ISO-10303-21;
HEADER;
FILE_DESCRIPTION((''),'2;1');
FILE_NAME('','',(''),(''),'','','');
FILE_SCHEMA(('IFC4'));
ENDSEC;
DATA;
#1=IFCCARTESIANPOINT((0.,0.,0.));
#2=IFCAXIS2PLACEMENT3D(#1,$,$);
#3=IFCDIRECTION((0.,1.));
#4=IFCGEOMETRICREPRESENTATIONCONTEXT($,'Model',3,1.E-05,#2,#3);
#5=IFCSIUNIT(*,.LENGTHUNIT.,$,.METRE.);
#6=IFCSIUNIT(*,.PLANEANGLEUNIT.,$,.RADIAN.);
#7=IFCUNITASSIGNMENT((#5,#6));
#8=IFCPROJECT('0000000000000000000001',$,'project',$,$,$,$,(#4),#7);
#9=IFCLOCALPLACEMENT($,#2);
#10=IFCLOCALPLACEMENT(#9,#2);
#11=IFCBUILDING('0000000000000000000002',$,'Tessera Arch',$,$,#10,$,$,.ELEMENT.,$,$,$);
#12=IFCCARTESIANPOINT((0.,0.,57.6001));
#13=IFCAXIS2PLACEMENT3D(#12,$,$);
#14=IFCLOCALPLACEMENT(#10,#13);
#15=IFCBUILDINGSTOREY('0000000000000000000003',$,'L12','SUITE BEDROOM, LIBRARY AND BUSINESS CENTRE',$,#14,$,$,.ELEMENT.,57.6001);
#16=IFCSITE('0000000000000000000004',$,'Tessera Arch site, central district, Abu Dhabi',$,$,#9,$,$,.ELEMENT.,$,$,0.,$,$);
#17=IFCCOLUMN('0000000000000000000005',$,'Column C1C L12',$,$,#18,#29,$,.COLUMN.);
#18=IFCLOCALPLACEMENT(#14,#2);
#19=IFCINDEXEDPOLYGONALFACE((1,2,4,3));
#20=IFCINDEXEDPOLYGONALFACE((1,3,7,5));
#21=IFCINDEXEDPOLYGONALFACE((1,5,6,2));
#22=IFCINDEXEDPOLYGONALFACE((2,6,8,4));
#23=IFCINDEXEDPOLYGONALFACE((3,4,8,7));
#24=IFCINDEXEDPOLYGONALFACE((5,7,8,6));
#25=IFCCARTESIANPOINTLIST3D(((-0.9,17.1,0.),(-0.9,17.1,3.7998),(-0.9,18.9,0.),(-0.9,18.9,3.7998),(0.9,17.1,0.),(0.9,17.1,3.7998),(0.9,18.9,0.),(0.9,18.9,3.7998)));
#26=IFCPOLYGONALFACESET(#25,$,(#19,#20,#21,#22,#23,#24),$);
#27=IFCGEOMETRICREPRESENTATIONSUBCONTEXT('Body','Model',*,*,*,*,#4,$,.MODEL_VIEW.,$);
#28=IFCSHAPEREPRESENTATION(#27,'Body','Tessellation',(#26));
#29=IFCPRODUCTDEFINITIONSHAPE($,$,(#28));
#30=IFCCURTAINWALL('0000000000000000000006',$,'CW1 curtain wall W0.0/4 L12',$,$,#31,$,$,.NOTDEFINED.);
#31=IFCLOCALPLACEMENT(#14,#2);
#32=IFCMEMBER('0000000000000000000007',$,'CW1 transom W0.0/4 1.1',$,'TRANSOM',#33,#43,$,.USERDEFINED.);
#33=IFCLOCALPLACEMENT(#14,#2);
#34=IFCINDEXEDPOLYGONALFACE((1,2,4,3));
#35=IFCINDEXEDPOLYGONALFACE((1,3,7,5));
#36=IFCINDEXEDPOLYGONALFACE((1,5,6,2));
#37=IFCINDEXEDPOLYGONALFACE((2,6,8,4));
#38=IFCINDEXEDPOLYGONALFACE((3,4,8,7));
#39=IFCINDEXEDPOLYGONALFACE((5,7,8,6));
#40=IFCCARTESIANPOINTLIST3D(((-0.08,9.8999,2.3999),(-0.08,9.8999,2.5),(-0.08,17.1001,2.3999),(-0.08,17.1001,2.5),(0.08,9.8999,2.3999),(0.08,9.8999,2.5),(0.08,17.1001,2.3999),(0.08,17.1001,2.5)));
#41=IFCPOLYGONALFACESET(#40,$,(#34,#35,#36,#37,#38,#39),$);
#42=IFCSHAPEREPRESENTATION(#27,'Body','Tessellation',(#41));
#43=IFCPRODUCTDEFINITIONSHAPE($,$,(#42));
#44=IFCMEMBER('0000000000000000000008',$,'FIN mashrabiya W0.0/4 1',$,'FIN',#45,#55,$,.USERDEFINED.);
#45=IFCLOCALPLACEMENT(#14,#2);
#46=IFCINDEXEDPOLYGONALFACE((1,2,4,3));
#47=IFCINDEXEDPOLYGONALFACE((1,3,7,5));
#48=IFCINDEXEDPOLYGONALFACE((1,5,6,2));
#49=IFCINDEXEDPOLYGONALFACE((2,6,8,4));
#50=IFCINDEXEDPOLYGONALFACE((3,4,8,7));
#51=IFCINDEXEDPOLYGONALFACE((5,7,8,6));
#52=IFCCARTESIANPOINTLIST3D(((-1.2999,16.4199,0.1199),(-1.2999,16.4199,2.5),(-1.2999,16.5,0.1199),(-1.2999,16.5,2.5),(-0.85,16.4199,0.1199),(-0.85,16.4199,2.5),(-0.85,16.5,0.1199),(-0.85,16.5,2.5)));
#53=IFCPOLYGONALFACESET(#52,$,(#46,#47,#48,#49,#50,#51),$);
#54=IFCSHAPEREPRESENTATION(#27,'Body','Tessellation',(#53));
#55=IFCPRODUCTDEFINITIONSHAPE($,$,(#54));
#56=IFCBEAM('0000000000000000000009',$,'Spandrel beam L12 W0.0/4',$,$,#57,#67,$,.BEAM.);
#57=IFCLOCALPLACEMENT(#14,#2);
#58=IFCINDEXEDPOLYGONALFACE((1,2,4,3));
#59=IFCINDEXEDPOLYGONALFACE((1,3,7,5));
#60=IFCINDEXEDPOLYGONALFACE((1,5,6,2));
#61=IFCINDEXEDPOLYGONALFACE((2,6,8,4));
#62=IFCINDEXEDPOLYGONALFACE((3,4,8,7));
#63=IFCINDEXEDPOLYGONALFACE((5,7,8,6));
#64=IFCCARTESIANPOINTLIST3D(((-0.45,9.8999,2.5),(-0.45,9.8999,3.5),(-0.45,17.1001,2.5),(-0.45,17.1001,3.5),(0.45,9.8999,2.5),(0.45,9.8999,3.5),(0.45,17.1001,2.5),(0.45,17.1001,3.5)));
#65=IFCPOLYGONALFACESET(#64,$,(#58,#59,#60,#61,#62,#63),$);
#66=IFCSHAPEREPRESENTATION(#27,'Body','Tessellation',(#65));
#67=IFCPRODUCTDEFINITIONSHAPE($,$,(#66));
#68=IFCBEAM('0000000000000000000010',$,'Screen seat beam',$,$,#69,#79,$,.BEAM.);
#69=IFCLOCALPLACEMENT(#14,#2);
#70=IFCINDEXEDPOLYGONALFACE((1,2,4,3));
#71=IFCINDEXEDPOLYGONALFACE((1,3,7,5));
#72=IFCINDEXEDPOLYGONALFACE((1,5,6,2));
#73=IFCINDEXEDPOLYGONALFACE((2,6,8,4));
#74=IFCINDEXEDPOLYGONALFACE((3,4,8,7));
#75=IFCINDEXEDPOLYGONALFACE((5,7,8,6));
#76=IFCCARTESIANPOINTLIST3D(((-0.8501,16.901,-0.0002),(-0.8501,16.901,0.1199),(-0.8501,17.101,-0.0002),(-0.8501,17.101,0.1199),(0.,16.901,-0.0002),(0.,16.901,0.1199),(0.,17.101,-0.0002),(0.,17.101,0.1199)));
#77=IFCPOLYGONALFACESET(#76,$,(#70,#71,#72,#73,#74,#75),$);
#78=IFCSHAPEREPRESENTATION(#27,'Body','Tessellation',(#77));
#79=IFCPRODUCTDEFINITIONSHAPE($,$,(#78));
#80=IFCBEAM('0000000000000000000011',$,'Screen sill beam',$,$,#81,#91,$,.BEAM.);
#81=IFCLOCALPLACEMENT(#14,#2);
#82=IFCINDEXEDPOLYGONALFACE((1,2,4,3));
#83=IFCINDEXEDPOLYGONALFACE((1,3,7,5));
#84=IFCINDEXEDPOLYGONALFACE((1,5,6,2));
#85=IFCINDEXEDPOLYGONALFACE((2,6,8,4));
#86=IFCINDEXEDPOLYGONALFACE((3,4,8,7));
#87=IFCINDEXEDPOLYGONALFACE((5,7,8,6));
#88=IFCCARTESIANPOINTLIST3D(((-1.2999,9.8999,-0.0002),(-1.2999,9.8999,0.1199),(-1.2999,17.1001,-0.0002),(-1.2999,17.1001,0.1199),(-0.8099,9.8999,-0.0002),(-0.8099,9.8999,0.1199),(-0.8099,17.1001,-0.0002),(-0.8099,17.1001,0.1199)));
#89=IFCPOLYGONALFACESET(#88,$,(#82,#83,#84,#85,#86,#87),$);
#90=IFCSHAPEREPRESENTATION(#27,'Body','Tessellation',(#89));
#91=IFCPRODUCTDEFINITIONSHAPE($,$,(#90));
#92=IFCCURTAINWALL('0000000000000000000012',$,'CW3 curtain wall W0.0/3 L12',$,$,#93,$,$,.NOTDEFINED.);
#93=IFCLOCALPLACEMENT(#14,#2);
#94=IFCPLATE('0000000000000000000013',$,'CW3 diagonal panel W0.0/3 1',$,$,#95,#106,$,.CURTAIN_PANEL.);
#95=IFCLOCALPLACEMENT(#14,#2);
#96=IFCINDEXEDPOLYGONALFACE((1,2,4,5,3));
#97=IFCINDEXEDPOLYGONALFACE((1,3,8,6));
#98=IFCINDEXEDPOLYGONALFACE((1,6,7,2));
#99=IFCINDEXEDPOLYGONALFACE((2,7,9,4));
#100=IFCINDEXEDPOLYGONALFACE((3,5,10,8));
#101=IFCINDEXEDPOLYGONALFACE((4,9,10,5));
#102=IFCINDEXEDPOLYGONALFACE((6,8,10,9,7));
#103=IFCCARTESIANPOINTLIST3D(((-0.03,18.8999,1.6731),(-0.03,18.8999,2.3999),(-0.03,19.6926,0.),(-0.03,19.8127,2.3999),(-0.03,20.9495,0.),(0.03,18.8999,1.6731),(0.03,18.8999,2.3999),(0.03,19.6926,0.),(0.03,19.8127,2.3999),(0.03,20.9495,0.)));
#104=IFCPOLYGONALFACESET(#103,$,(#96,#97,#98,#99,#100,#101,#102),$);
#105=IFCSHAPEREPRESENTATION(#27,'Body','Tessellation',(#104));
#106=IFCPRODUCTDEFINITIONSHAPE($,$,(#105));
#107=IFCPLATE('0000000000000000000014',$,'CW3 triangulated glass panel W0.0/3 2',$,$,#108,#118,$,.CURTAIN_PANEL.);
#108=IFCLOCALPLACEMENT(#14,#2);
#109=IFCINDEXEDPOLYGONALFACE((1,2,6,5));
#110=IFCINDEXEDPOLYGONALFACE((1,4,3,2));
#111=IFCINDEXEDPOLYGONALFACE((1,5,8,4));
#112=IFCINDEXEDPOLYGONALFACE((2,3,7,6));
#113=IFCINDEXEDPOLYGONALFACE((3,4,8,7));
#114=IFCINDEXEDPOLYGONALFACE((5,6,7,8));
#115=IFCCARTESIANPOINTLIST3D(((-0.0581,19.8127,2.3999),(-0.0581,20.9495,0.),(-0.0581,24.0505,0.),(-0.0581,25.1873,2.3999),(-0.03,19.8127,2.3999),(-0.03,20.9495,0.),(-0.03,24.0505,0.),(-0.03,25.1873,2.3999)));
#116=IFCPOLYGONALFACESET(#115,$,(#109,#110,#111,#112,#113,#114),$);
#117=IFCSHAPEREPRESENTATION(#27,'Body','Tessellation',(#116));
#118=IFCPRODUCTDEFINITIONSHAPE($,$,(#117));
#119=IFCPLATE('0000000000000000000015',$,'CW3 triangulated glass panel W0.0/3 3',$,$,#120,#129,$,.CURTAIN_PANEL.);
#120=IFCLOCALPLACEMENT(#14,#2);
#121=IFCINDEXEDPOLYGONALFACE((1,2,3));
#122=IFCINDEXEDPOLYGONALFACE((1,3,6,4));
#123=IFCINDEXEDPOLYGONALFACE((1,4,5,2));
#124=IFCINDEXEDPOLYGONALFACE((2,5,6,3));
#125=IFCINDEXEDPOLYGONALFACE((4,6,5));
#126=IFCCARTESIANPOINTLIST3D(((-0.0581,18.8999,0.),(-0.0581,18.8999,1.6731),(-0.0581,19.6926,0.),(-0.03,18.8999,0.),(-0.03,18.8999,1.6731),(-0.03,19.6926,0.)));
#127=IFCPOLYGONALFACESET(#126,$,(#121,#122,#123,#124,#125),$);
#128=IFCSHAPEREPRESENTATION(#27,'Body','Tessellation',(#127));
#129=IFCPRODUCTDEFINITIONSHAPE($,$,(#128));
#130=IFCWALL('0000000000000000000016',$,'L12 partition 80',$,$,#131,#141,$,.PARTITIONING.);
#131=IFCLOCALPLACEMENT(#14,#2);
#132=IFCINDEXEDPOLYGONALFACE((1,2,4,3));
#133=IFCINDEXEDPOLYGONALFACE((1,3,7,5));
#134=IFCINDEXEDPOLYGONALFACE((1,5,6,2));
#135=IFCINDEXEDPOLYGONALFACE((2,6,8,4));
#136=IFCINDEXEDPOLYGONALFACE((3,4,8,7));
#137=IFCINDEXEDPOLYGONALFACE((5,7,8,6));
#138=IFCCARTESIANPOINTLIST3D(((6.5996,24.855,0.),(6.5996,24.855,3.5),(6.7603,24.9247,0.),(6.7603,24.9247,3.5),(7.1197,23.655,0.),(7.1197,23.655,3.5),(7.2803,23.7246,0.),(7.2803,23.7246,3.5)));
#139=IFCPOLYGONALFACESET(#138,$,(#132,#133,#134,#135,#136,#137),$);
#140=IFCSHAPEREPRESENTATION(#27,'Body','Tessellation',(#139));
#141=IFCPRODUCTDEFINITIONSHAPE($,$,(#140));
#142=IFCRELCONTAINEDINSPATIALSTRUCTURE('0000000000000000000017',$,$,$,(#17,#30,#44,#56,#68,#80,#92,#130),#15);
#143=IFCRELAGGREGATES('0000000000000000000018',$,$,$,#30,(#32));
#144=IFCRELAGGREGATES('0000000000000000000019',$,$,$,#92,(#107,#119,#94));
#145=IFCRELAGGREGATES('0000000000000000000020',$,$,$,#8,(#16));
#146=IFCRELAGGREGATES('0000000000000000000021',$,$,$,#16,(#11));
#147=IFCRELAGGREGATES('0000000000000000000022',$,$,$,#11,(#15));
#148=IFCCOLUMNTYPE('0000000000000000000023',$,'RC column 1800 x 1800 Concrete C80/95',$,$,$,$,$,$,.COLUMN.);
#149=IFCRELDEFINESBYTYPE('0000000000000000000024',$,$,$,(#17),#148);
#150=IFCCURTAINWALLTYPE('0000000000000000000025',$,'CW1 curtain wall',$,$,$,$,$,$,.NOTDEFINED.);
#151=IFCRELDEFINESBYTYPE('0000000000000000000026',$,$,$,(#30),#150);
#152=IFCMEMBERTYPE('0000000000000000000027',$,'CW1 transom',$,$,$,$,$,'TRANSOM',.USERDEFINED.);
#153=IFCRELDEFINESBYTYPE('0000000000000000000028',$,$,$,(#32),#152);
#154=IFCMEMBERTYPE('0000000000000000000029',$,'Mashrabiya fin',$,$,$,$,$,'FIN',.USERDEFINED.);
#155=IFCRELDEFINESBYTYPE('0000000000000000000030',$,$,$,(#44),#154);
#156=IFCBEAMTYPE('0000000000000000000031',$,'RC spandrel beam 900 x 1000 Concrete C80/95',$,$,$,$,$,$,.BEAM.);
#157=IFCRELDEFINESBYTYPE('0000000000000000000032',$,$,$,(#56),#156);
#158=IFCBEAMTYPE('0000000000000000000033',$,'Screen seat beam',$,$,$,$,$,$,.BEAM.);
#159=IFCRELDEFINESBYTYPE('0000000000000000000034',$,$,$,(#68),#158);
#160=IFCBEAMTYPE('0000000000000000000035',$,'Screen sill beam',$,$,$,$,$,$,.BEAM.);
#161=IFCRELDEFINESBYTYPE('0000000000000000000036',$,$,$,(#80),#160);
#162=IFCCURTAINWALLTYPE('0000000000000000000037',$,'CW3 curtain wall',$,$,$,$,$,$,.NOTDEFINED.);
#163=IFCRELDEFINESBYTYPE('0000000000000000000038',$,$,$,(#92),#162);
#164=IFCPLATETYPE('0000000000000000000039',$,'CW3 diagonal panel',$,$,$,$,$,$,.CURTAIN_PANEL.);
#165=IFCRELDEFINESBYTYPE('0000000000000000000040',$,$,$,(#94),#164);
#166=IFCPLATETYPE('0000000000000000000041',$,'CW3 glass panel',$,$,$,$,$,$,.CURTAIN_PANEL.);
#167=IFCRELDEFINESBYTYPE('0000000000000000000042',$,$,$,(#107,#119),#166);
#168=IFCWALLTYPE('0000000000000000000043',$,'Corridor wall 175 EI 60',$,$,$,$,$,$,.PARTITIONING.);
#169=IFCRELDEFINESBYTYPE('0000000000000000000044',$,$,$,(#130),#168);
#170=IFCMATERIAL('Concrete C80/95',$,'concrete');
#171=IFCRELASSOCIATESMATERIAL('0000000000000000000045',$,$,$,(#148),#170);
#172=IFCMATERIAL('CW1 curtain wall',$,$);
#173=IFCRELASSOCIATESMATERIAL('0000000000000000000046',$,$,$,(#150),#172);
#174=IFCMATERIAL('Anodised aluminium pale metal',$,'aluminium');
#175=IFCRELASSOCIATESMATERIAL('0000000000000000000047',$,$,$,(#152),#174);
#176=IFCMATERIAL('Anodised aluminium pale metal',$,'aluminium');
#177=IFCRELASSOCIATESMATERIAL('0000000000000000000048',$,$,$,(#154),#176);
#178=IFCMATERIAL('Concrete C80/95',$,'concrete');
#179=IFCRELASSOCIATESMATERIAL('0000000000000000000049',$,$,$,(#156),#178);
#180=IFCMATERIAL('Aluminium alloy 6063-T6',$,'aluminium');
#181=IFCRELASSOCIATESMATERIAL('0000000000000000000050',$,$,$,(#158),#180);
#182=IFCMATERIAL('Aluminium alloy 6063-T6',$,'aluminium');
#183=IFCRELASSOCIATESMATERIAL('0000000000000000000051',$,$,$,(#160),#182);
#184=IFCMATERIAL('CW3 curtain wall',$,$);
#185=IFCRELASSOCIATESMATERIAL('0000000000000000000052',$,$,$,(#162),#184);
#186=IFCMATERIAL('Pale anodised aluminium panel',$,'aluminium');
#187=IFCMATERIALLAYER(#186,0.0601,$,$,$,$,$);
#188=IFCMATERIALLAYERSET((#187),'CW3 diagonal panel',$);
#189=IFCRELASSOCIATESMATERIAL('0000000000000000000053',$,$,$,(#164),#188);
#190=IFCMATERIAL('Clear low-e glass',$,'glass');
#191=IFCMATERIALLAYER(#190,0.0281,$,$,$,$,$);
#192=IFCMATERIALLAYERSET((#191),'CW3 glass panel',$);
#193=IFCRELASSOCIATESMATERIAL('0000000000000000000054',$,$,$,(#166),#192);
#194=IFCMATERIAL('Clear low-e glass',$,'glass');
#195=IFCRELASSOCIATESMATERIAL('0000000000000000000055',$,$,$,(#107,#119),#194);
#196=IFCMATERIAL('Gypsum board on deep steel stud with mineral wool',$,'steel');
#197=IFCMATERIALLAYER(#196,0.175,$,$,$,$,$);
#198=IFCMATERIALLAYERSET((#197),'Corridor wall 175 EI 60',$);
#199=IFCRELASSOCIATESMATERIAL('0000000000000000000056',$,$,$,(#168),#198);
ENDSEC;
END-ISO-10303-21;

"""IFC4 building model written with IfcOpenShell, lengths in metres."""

from ifc_helpers import new_model, si_unit, direction, frame, frame_2d, origin, origin_2d, place, context, subcontext, project, spatial, polyline, rectangle, outline, extrude, material, layer, layer_set, material_profile, profile_set, type_object, element, aggregate, save


model = new_model("IFC4")

# Units and contexts
model_context = context("Model", 3, precision=1e-05, world=origin(), true_north=direction((0.0, 1.0)))
body_context = subcontext(model_context, "Body", "Model", "MODEL_VIEW")
ifc_project = project(units=[si_unit("LENGTHUNIT", "METRE"), si_unit("PLANEANGLEUNIT", "RADIAN")], contexts=[model_context])

# Site, building, storey
site_placement = place(None, origin())
site = spatial("IfcSite", under=ifc_project, at=site_placement, Name="Tessera Arch site, central district, Abu Dhabi", CompositionType="ELEMENT", RefElevation=0.0)
building_placement = place(site_placement, origin())
building = spatial("IfcBuilding", under=site, at=building_placement, Name="Tessera Arch", CompositionType="ELEMENT")
storey_placement = place(building_placement, frame((0.0, 0.0, 57.6001)))
storey = spatial("IfcBuildingStorey", under=building, at=storey_placement, Name="L12", Description="SUITE BEDROOM, LIBRARY AND BUSINESS CENTRE", CompositionType="ELEMENT", Elevation=57.6001)

# Column
ifc_material_1 = material(Name="Concrete C80/95", Category="concrete")
ifc_material_profile_1 = material_profile(ifc_material_1, rectangle(XDim=1.8, YDim=1.8, at=origin_2d()), Name="RC column 1800 x 1800 Concrete C80/95")
ifc_profile_set_1 = profile_set([ifc_material_profile_1], Name="Concrete C80/95")
column_type = type_object("IfcColumnType", Name="RC column 1800 x 1800 Concrete C80/95", PredefinedType="COLUMN", material=ifc_profile_set_1)
column_placement = place(storey_placement, frame((0.0, 18.0, 0.0), z_axis=(0.0, 0.0, 1.0), x_axis=(1.0, 0.0, 0.0)))
element("IfcColumn", 1, at=column_placement, inside=storey, type_object=column_type, Name="Column C1C L12", PredefinedType="COLUMN", context=body_context, shape_type="SweptSolid", body=[
    extrude(rectangle(XDim=1.8, YDim=1.8, at=origin_2d()), origin(), (0.0, 0.0, 1.0), 3.7998),
])

# Curtain wall, member
ifc_material_2 = material(Name="CW1 curtain wall")
curtain_wall_type_1 = type_object("IfcCurtainWallType", Name="CW1 curtain wall", PredefinedType="NOTDEFINED", material=ifc_material_2)
curtain_wall_1_placement = place(storey_placement, origin())
curtain_wall_1 = element("IfcCurtainWall", 2, at=curtain_wall_1_placement, inside=storey, type_object=curtain_wall_type_1, Name="CW1 curtain wall W0.0/4 L12", PredefinedType="NOTDEFINED")
ifc_material_3 = material(Name="Anodised aluminium pale metal", Category="aluminium")
ifc_material_profile_2 = material_profile(ifc_material_3, rectangle(XDim=0.1599, YDim=0.1001, at=origin_2d()), Name="AL 160x100")
ifc_profile_set_2 = profile_set([ifc_material_profile_2], Name="Anodised aluminium pale metal")
member_type_1 = type_object("IfcMemberType", Name="CW1 transom", ElementType="TRANSOM", PredefinedType="USERDEFINED", material=ifc_profile_set_2)
member_1_placement = place(storey_placement, frame((0.0, 17.1001, 2.45), z_axis=(0.0, -1.0, 0.0), x_axis=(1.0, 0.0, 0.0)))
member_1 = element("IfcMember", 3, at=member_1_placement, type_object=member_type_1, Name="CW1 transom W0.0/4 1.1", ObjectType="TRANSOM", PredefinedType="USERDEFINED", context=body_context, shape_type="SweptSolid", body=[
    extrude(rectangle(XDim=0.1599, YDim=0.1001, at=origin_2d()), origin(), (0.0, 0.0, 1.0), 7.2002),
])
aggregate(curtain_wall_1, [member_1])

# Member
ifc_material_4 = material(Name="Anodised aluminium pale metal", Category="aluminium")
ifc_material_profile_3 = material_profile(ifc_material_4, rectangle(XDim=0.45, YDim=0.0801, at=origin_2d()), Name="AL 80x450")
ifc_profile_set_3 = profile_set([ifc_material_profile_3], Name="Anodised aluminium pale metal")
member_type_2 = type_object("IfcMemberType", Name="Mashrabiya fin", ElementType="FIN", PredefinedType="USERDEFINED", material=ifc_profile_set_3)
member_2_placement = place(storey_placement, frame((-1.075, 16.46, 0.1199), z_axis=(0.0, 0.0, 1.0), x_axis=(-1.0, 0.0, 0.0)))
element("IfcMember", 4, at=member_2_placement, inside=storey, type_object=member_type_2, Name="FIN mashrabiya W0.0/4 1", ObjectType="FIN", PredefinedType="USERDEFINED", context=body_context, shape_type="SweptSolid", body=[
    extrude(rectangle(XDim=0.45, YDim=0.0801, at=origin_2d()), origin(), (0.0, 0.0, 1.0), 2.3801),
])

# Beams
ifc_material_5 = material(Name="Concrete C80/95", Category="concrete")
ifc_material_profile_4 = material_profile(ifc_material_5, rectangle(XDim=0.8999, YDim=1.0, at=origin_2d()), Name="RC spandrel beam 900 x 1000 Concrete C80/95")
ifc_profile_set_4 = profile_set([ifc_material_profile_4], Name="Concrete C80/95")
beam_type_1 = type_object("IfcBeamType", Name="RC spandrel beam 900 x 1000 Concrete C80/95", PredefinedType="BEAM", material=ifc_profile_set_4)
beam_1_placement = place(storey_placement, frame((0.0, 17.1001, 3.0), z_axis=(0.0, -1.0, 0.0), x_axis=(1.0, 0.0, 0.0)))
element("IfcBeam", 5, at=beam_1_placement, inside=storey, type_object=beam_type_1, Name="Spandrel beam L12 W0.0/4", PredefinedType="BEAM", context=body_context, shape_type="SweptSolid", body=[
    extrude(rectangle(XDim=0.8999, YDim=1.0, at=origin_2d()), origin(), (0.0, 0.0, 1.0), 7.2002),
])
ifc_material_6 = material(Name="Aluminium alloy 6063-T6", Category="aluminium")
ifc_material_profile_5 = material_profile(ifc_material_6, rectangle(XDim=0.2, YDim=0.1201, at=origin_2d()), Name="AL 200x120")
ifc_profile_set_5 = profile_set([ifc_material_profile_5], Name="Aluminium alloy 6063-T6")
beam_type_2 = type_object("IfcBeamType", Name="Screen seat beam", PredefinedType="BEAM", material=ifc_profile_set_5)
beam_2_placement = place(storey_placement, frame((0.0, 17.001, 0.0598), z_axis=(-1.0, 0.0, 0.0), x_axis=(0.0, -1.0, 0.0)))
element("IfcBeam", 6, at=beam_2_placement, inside=storey, type_object=beam_type_2, Name="Screen seat beam", PredefinedType="BEAM", context=body_context, shape_type="SweptSolid", body=[
    extrude(rectangle(XDim=0.2, YDim=0.1201, at=origin_2d()), origin(), (0.0, 0.0, 1.0), 0.8501),
])
ifc_material_7 = material(Name="Aluminium alloy 6063-T6", Category="aluminium")
ifc_material_profile_6 = material_profile(ifc_material_7, rectangle(XDim=0.49, YDim=0.1201, at=origin_2d()), Name="AL 490x120")
ifc_profile_set_6 = profile_set([ifc_material_profile_6], Name="Aluminium alloy 6063-T6")
beam_type_3 = type_object("IfcBeamType", Name="Screen sill beam", PredefinedType="BEAM", material=ifc_profile_set_6)
beam_3_placement = place(storey_placement, frame((-1.0549, 17.1001, 0.0598), z_axis=(0.0, -1.0, 0.0), x_axis=(1.0, 0.0, 0.0)))
element("IfcBeam", 7, at=beam_3_placement, inside=storey, type_object=beam_type_3, Name="Screen sill beam", PredefinedType="BEAM", context=body_context, shape_type="SweptSolid", body=[
    extrude(rectangle(XDim=0.49, YDim=0.1201, at=origin_2d()), origin(), (0.0, 0.0, 1.0), 7.2002),
])

# Curtain wall, plates
ifc_material_8 = material(Name="CW3 curtain wall")
curtain_wall_type_2 = type_object("IfcCurtainWallType", Name="CW3 curtain wall", PredefinedType="NOTDEFINED", material=ifc_material_8)
curtain_wall_2_placement = place(storey_placement, origin())
curtain_wall_2 = element("IfcCurtainWall", 8, at=curtain_wall_2_placement, inside=storey, type_object=curtain_wall_type_2, Name="CW3 curtain wall W0.0/3 L12", PredefinedType="NOTDEFINED")
ifc_material_9 = material(Name="Pale anodised aluminium panel", Category="aluminium")
ifc_layer_1 = layer(ifc_material_9, 0.0601)
ifc_layer_set_1 = layer_set([ifc_layer_1], Name="CW3 diagonal panel")
plate_type_1 = type_object("IfcPlateType", Name="CW3 diagonal panel", PredefinedType="CURTAIN_PANEL", material=ifc_layer_set_1)
plate_1_placement = place(storey_placement, frame((-0.03, 18.8999, 2.3999), z_axis=(-1.0, 0.0, 0.0), x_axis=(0.0, 1.0, 0.0)))
plate_1 = element("IfcPlate", 9, at=plate_1_placement, type_object=plate_type_1, Name="CW3 diagonal panel W0.0/3 1", PredefinedType="CURTAIN_PANEL", context=body_context, shape_type="SweptSolid", body=[
    extrude(outline(polyline([(0.0, 0.0), (0.9128, 0.0), (2.0496, 2.3999), (0.7927, 2.3999), (0.0, 0.7268), (0.0, 0.0)])), origin(), (0.0, 0.0, -1.0), 0.0601),
])
ifc_material_10 = material(Name="Clear low-e glass", Category="glass")
ifc_material_11 = material(Name="Clear low-e glass", Category="glass")
ifc_layer_2 = layer(ifc_material_11, 0.0281)
ifc_layer_set_2 = layer_set([ifc_layer_2], Name="CW3 glass panel")
plate_type_2 = type_object("IfcPlateType", Name="CW3 glass panel", PredefinedType="CURTAIN_PANEL", material=ifc_layer_set_2)
plate_2_placement = place(storey_placement, frame((-0.0581, 19.8127, 2.3999), z_axis=(-1.0, 0.0, 0.0), x_axis=(0.0, 1.0, 0.0)))
plate_2 = element("IfcPlate", 10, at=plate_2_placement, type_object=plate_type_2, material=ifc_material_10, Name="CW3 triangulated glass panel W0.0/3 2", PredefinedType="CURTAIN_PANEL", context=body_context, shape_type="SweptSolid", body=[
    extrude(outline(polyline([(0.0, 0.0), (5.3745, 0.0), (4.2378, 2.3999), (1.1367, 2.3999), (0.0, 0.0)])), origin(), (0.0, 0.0, -1.0), 0.0281),
])
plate_3_placement = place(storey_placement, frame((-0.0581, 18.8999, 0.0), z_axis=(-1.0, 0.0, 0.0), x_axis=(0.0, 0.0, 1.0)))
plate_3 = element("IfcPlate", 11, at=plate_3_placement, type_object=plate_type_2, material=ifc_material_10, Name="CW3 triangulated glass panel W0.0/3 3", PredefinedType="CURTAIN_PANEL", context=body_context, shape_type="SweptSolid", body=[
    extrude(outline(polyline([(0.0, 0.0), (1.6731, 0.0), (0.0, 0.7927), (0.0, 0.0)])), origin(), (0.0, 0.0, -1.0), 0.0281),
])
aggregate(curtain_wall_2, [plate_2, plate_3, plate_1])

# Wall
ifc_material_12 = material(Name="Gypsum board on deep steel stud with mineral wool", Category="steel")
ifc_layer_3 = layer(ifc_material_12, 0.175)
ifc_layer_set_3 = layer_set([ifc_layer_3], Name="Corridor wall 175 EI 60")
wall_type_1 = type_object("IfcWallType", Name="Corridor wall 175 EI 60", PredefinedType="PARTITIONING", material=ifc_layer_set_3)
wall_1_placement = place(storey_placement, frame((7.2, 23.6899, 0.0), z_axis=(0.0, 0.0, 1.0), x_axis=(-0.397634, 0.917544, 0.0)))
element("IfcWall", 12, at=wall_1_placement, inside=storey, type_object=wall_type_1, Name="L12 partition 80", PredefinedType="PARTITIONING", context=body_context, shape_type="SweptSolid", body=[
    extrude(rectangle(XDim=1.3079, YDim=0.175, at=frame_2d((0.6538, 0.0))), origin(), (0.0, 0.0, 1.0), 3.5),
])

save(model, "model.ifc")
